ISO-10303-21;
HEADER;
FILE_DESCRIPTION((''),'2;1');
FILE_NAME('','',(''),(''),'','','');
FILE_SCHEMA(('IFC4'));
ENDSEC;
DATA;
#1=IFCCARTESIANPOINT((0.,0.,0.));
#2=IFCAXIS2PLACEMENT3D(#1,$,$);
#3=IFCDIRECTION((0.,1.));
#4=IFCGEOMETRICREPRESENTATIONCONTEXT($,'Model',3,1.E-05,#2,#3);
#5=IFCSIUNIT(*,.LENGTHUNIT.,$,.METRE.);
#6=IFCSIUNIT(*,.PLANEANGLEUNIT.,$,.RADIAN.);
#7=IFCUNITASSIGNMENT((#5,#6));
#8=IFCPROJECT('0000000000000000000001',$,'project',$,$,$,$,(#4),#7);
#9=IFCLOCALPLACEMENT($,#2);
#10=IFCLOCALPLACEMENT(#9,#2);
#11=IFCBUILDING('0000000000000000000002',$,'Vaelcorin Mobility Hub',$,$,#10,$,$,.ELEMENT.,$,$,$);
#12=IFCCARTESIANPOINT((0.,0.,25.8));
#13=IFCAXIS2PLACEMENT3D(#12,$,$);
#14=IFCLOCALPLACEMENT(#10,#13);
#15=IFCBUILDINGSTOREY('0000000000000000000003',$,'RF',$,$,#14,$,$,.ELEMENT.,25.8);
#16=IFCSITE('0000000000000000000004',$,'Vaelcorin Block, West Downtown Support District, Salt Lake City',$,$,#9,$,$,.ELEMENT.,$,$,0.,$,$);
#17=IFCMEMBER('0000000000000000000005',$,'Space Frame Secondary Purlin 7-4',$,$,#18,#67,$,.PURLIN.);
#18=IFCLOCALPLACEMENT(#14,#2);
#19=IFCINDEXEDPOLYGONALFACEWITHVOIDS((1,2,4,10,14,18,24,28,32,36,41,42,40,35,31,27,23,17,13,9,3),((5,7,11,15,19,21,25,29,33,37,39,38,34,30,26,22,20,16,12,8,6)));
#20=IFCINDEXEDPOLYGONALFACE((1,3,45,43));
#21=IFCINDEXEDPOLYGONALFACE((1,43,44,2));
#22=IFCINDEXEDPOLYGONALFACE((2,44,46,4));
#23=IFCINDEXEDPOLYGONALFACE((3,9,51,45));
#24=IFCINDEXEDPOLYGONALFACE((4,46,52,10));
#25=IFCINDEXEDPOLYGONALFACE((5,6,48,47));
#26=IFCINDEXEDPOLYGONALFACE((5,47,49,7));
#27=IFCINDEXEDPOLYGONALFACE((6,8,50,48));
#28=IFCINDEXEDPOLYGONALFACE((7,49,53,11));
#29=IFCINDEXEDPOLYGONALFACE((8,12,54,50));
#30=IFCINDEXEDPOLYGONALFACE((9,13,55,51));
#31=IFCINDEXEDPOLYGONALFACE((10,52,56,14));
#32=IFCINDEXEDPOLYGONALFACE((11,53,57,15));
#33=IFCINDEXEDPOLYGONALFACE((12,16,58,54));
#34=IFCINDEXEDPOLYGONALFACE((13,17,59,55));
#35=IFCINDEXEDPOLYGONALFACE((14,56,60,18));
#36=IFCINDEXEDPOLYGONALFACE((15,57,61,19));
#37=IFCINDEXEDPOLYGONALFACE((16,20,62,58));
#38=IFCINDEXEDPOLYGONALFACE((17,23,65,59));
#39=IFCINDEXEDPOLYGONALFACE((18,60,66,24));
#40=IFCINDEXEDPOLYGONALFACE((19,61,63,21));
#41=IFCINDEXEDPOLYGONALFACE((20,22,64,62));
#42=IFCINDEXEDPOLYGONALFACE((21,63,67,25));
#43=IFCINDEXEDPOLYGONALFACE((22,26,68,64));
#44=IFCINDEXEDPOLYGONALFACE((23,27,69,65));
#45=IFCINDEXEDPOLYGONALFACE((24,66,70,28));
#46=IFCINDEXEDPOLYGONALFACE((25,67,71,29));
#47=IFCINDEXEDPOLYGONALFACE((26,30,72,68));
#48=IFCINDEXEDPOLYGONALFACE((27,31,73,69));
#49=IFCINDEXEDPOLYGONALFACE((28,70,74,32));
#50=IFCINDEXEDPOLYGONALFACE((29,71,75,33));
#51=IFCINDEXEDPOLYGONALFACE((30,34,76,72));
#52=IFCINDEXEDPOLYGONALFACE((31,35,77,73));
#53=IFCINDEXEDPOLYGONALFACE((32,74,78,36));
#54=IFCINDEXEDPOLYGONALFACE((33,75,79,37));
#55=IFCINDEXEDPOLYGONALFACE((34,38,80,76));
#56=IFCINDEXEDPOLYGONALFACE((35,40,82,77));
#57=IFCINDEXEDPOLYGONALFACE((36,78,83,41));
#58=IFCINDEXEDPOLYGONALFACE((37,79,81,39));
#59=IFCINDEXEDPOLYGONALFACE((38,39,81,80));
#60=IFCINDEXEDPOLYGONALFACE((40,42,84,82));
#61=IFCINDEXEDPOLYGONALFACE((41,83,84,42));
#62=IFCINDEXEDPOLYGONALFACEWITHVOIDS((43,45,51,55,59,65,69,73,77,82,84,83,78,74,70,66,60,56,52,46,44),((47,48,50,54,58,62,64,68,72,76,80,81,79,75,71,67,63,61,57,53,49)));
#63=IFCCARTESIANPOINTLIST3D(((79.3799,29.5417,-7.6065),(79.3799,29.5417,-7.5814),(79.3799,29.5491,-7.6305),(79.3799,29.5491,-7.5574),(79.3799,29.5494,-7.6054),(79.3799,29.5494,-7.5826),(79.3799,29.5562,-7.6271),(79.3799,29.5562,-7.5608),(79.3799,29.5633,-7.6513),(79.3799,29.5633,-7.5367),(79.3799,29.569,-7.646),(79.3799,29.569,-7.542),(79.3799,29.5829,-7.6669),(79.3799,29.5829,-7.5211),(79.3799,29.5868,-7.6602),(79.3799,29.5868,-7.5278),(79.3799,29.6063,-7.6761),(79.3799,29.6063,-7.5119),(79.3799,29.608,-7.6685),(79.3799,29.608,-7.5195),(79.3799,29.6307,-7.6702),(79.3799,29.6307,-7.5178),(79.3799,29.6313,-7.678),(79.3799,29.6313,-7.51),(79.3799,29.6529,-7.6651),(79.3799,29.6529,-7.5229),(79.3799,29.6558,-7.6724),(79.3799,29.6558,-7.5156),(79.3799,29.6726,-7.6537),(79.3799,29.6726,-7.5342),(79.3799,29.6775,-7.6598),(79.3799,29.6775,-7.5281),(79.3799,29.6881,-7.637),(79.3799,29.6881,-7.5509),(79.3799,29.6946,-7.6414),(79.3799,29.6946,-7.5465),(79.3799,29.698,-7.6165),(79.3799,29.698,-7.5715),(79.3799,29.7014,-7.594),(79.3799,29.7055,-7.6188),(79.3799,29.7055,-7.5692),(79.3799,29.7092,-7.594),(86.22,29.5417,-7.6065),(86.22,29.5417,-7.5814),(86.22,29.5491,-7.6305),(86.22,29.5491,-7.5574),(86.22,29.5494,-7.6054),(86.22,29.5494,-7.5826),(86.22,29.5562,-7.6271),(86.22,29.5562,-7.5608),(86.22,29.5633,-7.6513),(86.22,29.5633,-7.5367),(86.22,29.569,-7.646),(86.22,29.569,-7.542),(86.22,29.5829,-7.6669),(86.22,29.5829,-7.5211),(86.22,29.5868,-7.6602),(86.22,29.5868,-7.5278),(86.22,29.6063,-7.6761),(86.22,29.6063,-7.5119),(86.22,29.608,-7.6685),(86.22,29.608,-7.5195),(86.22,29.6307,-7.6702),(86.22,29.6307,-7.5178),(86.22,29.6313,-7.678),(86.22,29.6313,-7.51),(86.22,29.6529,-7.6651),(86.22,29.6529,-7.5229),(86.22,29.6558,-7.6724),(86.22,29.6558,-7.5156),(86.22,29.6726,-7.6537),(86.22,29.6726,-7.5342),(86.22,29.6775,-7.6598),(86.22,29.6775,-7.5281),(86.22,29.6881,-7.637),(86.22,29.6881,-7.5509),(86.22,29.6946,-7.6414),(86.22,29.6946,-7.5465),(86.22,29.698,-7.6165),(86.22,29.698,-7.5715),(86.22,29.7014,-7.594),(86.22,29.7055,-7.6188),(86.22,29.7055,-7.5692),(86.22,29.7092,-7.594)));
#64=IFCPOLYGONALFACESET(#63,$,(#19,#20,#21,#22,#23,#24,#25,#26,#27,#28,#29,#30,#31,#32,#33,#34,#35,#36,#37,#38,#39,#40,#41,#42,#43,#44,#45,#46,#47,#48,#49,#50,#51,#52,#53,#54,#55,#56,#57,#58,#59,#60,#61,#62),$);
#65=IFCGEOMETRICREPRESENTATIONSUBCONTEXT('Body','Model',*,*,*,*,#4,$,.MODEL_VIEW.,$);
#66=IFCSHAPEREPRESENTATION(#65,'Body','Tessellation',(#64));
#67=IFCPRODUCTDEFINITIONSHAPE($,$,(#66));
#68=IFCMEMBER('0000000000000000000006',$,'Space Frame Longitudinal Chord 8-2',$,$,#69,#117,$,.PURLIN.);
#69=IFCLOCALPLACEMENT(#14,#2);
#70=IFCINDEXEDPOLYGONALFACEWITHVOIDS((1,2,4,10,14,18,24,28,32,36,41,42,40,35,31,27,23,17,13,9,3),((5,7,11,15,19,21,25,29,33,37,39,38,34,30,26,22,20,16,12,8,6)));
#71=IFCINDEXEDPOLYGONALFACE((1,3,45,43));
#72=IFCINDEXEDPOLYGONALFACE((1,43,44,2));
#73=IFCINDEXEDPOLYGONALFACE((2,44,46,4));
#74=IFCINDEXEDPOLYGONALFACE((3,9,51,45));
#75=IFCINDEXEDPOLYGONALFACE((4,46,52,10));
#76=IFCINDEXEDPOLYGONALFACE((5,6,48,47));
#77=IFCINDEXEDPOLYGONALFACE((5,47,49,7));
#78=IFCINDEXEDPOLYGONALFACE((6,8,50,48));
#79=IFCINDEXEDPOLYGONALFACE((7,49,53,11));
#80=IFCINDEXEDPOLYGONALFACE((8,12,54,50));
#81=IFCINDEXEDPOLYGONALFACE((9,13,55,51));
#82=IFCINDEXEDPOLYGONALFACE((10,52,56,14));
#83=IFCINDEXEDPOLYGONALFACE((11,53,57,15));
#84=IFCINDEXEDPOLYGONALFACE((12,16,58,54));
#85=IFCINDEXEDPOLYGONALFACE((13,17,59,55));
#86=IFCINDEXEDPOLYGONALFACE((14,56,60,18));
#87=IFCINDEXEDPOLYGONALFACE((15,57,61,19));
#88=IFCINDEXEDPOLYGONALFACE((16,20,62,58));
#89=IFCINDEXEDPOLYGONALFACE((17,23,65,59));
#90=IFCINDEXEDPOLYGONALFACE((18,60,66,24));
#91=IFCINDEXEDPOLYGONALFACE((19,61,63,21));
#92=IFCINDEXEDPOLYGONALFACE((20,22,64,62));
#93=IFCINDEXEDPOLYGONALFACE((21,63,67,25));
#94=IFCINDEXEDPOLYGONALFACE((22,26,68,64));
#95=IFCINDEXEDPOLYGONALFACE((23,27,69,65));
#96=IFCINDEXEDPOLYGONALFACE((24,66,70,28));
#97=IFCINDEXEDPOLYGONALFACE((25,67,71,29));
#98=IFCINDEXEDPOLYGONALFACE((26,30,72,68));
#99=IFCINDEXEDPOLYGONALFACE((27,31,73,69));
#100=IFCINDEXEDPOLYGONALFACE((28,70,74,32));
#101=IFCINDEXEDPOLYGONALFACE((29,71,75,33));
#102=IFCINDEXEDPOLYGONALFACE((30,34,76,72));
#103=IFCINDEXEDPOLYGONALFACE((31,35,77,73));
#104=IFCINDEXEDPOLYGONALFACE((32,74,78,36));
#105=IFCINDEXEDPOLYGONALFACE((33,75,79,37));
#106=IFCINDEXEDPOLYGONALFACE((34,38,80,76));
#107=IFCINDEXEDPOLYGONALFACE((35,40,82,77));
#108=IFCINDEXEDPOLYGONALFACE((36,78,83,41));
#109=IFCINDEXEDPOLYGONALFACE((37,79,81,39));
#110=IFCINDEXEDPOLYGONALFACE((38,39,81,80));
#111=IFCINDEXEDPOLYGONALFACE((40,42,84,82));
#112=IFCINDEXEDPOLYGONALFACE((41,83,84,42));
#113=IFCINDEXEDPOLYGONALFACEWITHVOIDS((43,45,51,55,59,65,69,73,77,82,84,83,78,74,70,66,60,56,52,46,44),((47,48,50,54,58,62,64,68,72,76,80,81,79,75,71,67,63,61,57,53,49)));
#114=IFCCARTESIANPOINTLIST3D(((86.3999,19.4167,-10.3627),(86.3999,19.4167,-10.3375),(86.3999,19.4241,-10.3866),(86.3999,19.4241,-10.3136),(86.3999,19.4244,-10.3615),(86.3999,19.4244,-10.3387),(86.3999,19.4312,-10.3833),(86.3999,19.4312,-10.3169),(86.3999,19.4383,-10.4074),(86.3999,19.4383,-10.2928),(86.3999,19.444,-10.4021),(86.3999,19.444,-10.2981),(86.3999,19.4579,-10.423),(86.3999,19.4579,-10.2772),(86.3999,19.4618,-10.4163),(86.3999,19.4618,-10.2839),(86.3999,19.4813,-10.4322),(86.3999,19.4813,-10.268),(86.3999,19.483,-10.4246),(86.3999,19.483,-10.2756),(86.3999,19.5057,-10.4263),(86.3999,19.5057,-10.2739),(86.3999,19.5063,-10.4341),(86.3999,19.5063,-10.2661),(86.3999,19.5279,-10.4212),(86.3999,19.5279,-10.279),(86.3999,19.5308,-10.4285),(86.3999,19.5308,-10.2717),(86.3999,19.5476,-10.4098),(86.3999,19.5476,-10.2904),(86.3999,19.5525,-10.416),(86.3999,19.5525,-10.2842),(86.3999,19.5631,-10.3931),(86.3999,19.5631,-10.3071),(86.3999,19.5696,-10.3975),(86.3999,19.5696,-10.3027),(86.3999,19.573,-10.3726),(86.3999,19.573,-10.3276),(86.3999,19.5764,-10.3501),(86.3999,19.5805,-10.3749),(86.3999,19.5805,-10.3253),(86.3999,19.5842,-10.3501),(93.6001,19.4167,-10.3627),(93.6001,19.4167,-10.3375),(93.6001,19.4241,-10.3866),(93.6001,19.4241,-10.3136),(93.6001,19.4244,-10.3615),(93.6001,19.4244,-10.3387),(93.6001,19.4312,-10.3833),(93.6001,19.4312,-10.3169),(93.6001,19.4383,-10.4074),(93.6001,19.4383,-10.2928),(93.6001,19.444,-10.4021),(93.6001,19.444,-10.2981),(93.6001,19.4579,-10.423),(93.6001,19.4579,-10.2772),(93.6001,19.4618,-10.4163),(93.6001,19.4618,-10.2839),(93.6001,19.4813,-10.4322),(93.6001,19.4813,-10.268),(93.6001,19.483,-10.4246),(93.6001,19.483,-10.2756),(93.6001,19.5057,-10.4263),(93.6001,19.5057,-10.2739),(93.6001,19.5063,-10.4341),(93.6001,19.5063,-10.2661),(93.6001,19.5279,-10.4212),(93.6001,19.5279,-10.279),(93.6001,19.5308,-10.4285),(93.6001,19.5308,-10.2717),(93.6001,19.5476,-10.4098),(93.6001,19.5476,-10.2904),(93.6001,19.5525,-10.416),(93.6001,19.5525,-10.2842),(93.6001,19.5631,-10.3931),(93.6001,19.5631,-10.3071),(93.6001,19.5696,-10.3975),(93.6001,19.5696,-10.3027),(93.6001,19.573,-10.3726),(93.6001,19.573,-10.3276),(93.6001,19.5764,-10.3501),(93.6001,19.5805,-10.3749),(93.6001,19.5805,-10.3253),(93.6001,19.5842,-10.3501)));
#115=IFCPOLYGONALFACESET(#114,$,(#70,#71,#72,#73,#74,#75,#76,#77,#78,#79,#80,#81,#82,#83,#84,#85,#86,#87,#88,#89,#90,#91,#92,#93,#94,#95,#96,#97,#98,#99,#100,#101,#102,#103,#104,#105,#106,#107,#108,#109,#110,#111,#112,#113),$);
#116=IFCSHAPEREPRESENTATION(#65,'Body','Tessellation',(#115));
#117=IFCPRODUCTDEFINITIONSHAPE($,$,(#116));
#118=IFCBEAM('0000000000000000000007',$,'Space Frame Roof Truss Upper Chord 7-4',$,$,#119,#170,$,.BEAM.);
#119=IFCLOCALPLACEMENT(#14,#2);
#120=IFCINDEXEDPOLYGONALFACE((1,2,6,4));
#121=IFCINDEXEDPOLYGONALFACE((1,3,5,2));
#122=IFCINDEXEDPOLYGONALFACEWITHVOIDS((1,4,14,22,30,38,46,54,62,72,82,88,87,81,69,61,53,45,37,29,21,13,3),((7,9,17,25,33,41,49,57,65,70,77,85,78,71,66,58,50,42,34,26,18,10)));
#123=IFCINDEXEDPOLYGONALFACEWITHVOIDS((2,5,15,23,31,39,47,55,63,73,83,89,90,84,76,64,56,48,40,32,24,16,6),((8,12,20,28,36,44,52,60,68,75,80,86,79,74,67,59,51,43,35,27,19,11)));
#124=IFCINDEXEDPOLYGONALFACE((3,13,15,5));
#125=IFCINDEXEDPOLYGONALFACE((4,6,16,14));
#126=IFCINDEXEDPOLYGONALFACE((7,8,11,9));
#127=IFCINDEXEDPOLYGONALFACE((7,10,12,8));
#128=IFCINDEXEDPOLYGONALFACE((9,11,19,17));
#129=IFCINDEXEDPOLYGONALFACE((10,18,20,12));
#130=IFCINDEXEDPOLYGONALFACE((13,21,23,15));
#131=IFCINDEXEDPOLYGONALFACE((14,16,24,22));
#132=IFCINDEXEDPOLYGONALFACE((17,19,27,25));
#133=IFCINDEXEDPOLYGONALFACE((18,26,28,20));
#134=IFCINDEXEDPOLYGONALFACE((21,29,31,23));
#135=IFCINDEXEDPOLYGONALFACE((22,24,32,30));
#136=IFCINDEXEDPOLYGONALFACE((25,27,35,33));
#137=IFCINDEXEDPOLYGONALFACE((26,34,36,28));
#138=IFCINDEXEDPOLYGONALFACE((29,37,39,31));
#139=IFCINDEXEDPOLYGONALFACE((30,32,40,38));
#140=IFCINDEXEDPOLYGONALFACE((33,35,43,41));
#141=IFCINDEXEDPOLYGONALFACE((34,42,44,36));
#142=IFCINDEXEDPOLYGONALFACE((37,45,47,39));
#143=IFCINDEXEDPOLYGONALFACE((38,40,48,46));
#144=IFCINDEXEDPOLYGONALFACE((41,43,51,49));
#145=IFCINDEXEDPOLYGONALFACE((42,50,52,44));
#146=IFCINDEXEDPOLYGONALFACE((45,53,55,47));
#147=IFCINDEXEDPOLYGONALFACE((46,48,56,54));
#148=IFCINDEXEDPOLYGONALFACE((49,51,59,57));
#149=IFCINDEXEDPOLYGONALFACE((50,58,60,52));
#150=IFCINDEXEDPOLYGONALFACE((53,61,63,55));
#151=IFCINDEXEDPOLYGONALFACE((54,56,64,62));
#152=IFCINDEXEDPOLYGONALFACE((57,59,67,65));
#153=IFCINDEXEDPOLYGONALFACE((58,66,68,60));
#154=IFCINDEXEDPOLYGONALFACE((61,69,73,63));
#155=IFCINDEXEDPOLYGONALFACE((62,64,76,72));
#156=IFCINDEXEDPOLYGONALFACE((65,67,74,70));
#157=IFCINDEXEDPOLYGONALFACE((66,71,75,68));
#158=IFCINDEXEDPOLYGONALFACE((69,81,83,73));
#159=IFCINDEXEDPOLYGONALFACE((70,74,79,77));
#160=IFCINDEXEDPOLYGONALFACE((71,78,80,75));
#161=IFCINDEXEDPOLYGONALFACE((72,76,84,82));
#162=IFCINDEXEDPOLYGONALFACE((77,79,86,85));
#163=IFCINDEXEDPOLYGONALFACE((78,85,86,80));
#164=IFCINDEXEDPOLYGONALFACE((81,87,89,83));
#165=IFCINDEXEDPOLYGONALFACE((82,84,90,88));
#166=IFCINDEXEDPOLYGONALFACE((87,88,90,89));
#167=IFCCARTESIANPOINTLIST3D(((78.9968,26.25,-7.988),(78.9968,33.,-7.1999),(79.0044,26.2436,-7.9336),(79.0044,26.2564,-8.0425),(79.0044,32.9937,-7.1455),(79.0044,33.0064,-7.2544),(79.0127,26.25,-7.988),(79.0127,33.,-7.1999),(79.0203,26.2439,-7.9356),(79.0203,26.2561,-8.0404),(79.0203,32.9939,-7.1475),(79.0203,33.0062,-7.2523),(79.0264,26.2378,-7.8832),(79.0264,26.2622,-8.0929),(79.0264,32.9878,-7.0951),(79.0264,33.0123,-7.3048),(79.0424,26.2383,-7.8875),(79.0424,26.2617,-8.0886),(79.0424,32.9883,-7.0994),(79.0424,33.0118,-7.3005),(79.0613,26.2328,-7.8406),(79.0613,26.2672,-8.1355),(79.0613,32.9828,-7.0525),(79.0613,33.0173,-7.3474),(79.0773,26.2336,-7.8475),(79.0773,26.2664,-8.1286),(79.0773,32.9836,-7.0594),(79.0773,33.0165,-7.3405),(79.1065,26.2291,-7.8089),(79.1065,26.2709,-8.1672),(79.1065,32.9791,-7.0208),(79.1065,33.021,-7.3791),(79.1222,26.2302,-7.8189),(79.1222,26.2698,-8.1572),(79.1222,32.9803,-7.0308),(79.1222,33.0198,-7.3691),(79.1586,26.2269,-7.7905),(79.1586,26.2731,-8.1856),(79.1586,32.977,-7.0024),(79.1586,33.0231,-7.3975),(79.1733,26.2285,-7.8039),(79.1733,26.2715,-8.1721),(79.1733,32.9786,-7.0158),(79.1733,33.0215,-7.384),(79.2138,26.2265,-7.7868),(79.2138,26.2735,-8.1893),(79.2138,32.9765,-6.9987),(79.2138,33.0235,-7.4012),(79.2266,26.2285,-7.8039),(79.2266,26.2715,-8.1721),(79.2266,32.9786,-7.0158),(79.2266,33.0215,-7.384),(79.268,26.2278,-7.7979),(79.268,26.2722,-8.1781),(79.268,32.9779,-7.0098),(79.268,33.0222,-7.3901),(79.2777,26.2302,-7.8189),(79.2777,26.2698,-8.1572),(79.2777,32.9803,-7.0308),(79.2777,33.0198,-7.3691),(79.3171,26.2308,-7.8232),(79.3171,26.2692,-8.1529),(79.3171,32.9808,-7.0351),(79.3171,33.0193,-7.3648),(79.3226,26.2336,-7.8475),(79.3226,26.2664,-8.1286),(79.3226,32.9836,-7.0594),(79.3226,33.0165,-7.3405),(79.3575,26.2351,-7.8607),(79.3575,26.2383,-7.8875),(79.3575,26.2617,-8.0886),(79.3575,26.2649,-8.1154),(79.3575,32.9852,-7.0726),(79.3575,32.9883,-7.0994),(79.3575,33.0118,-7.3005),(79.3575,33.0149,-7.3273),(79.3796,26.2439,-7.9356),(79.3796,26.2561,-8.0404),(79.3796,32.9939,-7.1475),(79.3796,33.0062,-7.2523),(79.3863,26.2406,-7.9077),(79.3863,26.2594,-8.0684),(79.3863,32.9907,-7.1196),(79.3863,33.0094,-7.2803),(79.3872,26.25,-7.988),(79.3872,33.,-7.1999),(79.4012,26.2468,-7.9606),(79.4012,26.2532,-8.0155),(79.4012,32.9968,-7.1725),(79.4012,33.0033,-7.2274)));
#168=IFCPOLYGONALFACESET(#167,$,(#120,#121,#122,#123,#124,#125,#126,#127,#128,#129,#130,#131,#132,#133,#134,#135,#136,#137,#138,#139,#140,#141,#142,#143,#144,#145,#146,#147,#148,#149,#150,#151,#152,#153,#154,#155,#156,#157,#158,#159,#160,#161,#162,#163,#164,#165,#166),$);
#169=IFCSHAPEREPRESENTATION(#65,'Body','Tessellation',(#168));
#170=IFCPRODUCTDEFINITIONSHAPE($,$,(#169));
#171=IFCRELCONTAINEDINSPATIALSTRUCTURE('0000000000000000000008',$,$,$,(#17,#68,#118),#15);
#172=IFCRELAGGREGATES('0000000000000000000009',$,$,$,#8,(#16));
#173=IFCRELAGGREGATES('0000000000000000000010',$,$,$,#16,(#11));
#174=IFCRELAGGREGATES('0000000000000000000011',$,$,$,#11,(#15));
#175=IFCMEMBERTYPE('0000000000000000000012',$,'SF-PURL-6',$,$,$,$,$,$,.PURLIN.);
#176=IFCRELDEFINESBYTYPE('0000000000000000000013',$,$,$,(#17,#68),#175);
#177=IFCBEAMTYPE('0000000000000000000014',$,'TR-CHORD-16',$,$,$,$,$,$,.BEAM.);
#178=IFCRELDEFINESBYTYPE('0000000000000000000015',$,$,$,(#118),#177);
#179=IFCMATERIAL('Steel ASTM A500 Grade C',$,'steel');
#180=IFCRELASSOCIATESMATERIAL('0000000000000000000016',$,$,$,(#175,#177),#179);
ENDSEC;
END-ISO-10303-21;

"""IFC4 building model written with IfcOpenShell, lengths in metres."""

from ifc_helpers import new_model, si_unit, direction, frame, origin, origin_2d, place, context, subcontext, project, spatial, hollow_circle, extrude, material, material_profile, profile_set, type_object, element, save


model = new_model("IFC4")

# Units and contexts
model_context = context("Model", 3, precision=1e-05, world=origin(), true_north=direction((0.0, 1.0)))
body_context = subcontext(model_context, "Body", "Model", "MODEL_VIEW")
ifc_project = project(units=[si_unit("LENGTHUNIT", "METRE"), si_unit("PLANEANGLEUNIT", "RADIAN")], contexts=[model_context])

# Site, building, storey
site_placement = place(None, origin())
site = spatial("IfcSite", under=ifc_project, at=site_placement, Name="Vaelcorin Block, West Downtown Support District, Salt Lake City", CompositionType="ELEMENT", RefElevation=0.0)
building_placement = place(site_placement, origin())
building = spatial("IfcBuilding", under=site, at=building_placement, Name="Vaelcorin Mobility Hub", CompositionType="ELEMENT")
storey_placement = place(building_placement, frame((0.0, 0.0, 25.8)))
storey = spatial("IfcBuildingStorey", under=building, at=storey_placement, Name="RF", CompositionType="ELEMENT", Elevation=25.8)

# Members
ifc_material_1 = material(Name="Steel ASTM A500 Grade C", Category="steel")
ifc_material_profile_1 = material_profile(ifc_material_1, hollow_circle(Radius=0.0842, WallThickness=0.0078, at=origin_2d()), Name="HSS6.625X0.312")
ifc_profile_set_1 = profile_set([ifc_material_profile_1], Name="Steel ASTM A500 Grade C")
member_type_1 = type_object("IfcMemberType", Name="SF-PURL-6", PredefinedType="PURLIN", material=ifc_profile_set_1)
for number, where, z_axis, x_axis, name in (
    (1, (79.3799, 29.625, -7.594), (1.0, 0.0, 0.0), (0.0, 1.0, 0.0), "Space Frame Secondary Purlin 7-4"),
):
    element("IfcMember", number, at=place(storey_placement, frame(where, z_axis=z_axis, x_axis=x_axis)), inside=storey, type_object=member_type_1, Name=name, PredefinedType="PURLIN", context=body_context, shape_type="SweptSolid", body=[
        extrude(hollow_circle(Radius=0.0842, WallThickness=0.0078, at=origin_2d()), origin(), (0.0, 0.0, 1.0), 6.8401),
    ])
member_1_placement = place(storey_placement, frame((86.3999, 19.5, -10.3501), z_axis=(1.0, 0.0, 0.0), x_axis=(0.0, 1.0, 0.0)))
element("IfcMember", 2, at=member_1_placement, inside=storey, type_object=member_type_1, Name="Space Frame Longitudinal Chord 8-2", PredefinedType="PURLIN", context=body_context, shape_type="SweptSolid", body=[
    extrude(hollow_circle(Radius=0.0842, WallThickness=0.0078, at=origin_2d()), origin(), (0.0, 0.0, 1.0), 7.2002),
])

# Beam
ifc_material_profile_2 = material_profile(ifc_material_1, hollow_circle(Radius=0.2031, WallThickness=0.0159, at=origin_2d()), Name="HSS16.000X0.625")
ifc_profile_set_2 = profile_set([ifc_material_profile_2], Name="Steel ASTM A500 Grade C")
beam_type = type_object("IfcBeamType", Name="TR-CHORD-16", PredefinedType="BEAM", material=ifc_profile_set_2)
beam_1_placement = place(storey_placement, frame((79.2, 26.25, -7.988), z_axis=(0.0, 0.993253, 0.115966), x_axis=(-1.0, 0.0, 0.0)))
element("IfcBeam", 3, at=beam_1_placement, inside=storey, type_object=beam_type, Name="Space Frame Roof Truss Upper Chord 7-4", PredefinedType="BEAM", context=body_context, shape_type="SweptSolid", body=[
    extrude(hollow_circle(Radius=0.2031, WallThickness=0.0159, at=origin_2d()), origin(), (0.0, 0.0, 1.0), 6.7959),
])

save(model, "model.ifc")
